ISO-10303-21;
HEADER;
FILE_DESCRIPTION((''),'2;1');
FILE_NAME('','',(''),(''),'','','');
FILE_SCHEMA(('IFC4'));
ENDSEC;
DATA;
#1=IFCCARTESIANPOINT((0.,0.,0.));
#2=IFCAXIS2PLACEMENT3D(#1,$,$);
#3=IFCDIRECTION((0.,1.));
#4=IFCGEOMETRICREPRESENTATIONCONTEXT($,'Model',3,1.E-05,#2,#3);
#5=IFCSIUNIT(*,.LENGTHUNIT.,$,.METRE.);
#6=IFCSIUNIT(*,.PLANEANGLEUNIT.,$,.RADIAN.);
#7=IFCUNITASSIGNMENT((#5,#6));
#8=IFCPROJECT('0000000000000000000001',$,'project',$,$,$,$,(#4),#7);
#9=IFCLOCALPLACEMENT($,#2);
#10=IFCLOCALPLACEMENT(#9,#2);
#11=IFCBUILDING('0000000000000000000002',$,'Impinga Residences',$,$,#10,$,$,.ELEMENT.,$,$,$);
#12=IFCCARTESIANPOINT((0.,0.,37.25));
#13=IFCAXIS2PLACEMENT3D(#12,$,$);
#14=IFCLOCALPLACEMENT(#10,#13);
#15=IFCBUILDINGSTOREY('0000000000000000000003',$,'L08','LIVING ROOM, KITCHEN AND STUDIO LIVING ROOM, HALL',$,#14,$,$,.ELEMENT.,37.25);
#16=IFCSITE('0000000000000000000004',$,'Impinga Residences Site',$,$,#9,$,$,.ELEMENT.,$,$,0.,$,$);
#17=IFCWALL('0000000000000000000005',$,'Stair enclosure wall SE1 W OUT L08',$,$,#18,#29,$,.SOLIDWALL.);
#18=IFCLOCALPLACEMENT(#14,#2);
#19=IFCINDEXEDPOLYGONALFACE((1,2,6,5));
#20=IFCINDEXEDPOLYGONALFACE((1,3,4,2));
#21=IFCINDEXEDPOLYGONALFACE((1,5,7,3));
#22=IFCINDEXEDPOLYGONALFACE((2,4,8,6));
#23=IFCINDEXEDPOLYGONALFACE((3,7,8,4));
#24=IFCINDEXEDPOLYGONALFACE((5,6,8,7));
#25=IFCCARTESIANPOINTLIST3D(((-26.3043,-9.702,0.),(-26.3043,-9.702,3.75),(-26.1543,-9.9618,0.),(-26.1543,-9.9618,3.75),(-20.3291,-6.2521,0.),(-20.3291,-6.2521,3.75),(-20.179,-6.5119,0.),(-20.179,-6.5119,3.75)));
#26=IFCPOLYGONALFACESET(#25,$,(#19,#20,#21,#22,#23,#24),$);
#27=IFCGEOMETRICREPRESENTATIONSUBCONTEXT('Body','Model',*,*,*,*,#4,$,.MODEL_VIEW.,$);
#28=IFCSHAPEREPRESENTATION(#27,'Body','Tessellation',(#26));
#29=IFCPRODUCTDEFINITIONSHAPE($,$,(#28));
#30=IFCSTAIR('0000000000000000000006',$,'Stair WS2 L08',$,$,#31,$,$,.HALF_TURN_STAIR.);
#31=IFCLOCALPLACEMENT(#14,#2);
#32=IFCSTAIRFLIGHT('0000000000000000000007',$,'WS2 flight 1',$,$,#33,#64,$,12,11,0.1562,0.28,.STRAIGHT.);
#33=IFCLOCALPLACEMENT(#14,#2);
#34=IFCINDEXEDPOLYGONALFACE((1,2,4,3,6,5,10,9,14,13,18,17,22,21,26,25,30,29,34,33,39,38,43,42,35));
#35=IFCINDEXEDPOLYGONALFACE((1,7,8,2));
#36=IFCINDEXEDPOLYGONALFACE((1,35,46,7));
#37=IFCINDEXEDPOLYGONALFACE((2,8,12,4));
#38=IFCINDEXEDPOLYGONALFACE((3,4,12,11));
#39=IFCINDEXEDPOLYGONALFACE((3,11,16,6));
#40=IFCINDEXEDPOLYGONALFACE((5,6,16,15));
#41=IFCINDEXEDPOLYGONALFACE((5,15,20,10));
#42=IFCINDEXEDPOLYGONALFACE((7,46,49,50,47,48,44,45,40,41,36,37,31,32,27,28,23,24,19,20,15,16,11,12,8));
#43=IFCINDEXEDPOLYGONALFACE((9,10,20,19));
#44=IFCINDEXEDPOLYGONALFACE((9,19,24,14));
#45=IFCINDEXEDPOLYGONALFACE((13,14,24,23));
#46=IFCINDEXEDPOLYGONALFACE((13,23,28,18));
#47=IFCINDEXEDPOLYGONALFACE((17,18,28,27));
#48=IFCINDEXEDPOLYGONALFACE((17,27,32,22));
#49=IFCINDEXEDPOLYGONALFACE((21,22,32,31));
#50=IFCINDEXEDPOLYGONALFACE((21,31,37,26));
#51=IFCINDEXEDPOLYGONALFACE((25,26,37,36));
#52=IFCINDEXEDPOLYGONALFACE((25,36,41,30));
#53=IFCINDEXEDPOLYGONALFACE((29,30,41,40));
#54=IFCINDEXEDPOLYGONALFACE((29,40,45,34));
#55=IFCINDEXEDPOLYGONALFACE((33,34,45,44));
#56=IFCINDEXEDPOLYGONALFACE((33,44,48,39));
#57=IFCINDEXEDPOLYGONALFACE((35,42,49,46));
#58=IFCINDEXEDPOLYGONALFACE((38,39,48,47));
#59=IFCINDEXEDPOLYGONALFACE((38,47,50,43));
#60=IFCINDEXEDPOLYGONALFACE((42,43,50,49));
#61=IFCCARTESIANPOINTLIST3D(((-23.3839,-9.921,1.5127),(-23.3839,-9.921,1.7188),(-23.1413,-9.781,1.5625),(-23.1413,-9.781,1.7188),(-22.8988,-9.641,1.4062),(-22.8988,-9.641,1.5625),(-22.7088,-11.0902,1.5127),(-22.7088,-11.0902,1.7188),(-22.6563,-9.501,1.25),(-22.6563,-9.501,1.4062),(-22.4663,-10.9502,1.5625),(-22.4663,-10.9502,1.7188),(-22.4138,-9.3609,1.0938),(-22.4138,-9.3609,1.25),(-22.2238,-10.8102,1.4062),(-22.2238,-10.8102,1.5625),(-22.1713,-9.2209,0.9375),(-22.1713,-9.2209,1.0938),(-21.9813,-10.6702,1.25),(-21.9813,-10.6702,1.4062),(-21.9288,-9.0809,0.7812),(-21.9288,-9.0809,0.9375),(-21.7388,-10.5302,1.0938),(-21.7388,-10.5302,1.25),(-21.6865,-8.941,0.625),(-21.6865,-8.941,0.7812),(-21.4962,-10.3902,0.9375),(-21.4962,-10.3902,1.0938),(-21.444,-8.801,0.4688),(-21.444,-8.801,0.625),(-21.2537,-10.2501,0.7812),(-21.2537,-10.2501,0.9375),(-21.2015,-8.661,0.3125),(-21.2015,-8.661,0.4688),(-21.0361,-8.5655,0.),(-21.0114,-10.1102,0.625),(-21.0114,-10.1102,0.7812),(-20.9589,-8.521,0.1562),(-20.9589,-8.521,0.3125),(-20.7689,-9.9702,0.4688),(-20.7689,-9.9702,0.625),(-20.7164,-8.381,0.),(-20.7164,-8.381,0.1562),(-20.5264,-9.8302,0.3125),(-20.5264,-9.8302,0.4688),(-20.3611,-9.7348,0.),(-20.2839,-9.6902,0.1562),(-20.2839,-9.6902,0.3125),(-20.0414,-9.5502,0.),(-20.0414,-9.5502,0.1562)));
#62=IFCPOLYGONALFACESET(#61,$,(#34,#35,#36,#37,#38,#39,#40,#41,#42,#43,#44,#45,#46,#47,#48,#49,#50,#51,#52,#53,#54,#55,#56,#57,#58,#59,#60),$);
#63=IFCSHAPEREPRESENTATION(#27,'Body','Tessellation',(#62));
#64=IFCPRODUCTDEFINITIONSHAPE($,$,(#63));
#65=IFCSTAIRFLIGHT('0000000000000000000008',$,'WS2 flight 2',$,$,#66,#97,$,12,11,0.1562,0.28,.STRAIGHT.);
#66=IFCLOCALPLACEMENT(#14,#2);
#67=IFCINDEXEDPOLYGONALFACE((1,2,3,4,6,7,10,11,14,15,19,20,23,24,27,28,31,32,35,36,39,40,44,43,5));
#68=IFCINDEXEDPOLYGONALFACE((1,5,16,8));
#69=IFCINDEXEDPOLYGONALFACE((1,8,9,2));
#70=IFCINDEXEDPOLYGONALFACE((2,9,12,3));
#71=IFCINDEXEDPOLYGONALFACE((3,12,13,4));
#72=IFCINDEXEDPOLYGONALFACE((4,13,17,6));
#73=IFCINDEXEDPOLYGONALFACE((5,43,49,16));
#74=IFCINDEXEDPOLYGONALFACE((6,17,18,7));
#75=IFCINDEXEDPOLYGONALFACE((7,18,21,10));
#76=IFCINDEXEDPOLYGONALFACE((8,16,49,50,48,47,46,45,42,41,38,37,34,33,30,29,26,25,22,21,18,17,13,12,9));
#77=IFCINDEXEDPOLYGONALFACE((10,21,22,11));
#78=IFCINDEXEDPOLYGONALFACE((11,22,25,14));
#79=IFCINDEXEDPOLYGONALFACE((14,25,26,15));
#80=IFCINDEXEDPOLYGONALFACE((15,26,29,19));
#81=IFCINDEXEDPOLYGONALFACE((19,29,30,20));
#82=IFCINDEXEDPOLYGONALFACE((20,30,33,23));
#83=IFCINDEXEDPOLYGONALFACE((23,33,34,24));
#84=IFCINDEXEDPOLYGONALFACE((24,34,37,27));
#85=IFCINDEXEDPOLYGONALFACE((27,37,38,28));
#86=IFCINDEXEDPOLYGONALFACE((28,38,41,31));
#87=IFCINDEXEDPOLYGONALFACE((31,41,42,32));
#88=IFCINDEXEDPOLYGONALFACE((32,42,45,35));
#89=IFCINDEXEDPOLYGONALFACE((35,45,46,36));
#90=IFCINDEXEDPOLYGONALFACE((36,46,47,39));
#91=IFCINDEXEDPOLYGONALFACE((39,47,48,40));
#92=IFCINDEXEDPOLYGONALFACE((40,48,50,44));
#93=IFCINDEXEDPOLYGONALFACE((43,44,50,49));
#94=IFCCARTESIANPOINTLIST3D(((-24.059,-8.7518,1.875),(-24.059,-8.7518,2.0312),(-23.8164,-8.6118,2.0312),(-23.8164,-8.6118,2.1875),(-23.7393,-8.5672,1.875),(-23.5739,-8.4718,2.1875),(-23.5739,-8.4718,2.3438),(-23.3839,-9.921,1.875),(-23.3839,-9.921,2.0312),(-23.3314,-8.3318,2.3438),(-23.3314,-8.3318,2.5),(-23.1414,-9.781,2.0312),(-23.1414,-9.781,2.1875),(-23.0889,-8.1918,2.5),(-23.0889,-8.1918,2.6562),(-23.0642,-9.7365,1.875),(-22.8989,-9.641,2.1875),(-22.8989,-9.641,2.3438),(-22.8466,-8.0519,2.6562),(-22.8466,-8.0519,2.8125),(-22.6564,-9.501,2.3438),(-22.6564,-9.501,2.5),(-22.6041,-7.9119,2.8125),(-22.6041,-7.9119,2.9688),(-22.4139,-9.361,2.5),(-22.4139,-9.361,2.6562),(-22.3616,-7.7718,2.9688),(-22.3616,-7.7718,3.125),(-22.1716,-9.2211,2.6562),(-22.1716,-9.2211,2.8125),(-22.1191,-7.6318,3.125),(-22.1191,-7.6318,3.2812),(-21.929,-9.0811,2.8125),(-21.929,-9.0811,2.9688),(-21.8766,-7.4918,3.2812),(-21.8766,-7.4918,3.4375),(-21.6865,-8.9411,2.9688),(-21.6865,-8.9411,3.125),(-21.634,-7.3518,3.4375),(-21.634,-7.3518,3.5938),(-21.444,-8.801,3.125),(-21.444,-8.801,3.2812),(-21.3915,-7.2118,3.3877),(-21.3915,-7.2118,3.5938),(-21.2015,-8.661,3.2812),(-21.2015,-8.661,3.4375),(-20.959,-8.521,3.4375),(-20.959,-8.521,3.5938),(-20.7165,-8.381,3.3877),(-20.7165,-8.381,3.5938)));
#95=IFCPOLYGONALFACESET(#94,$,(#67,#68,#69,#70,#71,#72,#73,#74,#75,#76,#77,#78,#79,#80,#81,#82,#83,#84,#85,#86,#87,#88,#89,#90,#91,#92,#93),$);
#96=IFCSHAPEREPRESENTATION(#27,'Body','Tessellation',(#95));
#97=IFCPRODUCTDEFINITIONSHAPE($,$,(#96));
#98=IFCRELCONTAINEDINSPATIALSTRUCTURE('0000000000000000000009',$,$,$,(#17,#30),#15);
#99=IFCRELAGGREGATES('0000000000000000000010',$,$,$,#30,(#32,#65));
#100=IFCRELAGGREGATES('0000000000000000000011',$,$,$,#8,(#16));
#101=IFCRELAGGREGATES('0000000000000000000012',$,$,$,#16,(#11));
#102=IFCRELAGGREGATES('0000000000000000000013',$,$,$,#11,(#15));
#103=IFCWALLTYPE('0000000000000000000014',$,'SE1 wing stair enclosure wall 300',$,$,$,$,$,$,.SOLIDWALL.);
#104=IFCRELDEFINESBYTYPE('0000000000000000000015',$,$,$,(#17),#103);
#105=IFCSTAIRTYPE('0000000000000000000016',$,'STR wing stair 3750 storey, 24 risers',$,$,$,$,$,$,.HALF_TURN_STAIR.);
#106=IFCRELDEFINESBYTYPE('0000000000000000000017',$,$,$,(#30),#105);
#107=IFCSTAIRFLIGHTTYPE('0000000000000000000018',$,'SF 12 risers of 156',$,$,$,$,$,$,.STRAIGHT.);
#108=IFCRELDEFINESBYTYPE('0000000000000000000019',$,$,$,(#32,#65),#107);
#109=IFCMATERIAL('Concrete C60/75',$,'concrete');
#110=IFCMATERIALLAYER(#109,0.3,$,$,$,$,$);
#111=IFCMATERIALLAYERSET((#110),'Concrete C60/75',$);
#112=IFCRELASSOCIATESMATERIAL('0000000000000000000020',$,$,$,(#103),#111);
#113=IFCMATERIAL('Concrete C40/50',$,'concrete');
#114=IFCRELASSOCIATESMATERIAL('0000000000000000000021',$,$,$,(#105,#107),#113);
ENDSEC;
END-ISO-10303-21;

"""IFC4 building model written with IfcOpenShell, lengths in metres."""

from ifc_helpers import new_model, si_unit, direction, frame, frame_2d, origin, place, context, subcontext, project, spatial, polyline, rectangle, outline, extrude, material, layer, layer_set, type_object, element, aggregate, save


model = new_model("IFC4")

# Units and contexts
model_context = context("Model", 3, precision=1e-05, world=origin(), true_north=direction((0.0, 1.0)))
body_context = subcontext(model_context, "Body", "Model", "MODEL_VIEW")
ifc_project = project(units=[si_unit("LENGTHUNIT", "METRE"), si_unit("PLANEANGLEUNIT", "RADIAN")], contexts=[model_context])

# Site, building, storey
site_placement = place(None, origin())
site = spatial("IfcSite", under=ifc_project, at=site_placement, Name="Impinga Residences Site", CompositionType="ELEMENT", RefElevation=0.0)
building_placement = place(site_placement, origin())
building = spatial("IfcBuilding", under=site, at=building_placement, Name="Impinga Residences", CompositionType="ELEMENT")
storey_placement = place(building_placement, frame((0.0, 0.0, 37.25)))
storey = spatial("IfcBuildingStorey", under=building, at=storey_placement, Name="L08", Description="LIVING ROOM, KITCHEN AND STUDIO LIVING ROOM, HALL", CompositionType="ELEMENT", Elevation=37.25)

# Shared definitions
ifc_material_1 = material(Name="Concrete C60/75", Category="concrete")

# Wall
ifc_layer_1 = layer(ifc_material_1, 0.3)
ifc_layer_set_1 = layer_set([ifc_layer_1], Name="Concrete C60/75")
wall_type_1 = type_object("IfcWallType", Name="SE1 wing stair enclosure wall 300", PredefinedType="SOLIDWALL", material=ifc_layer_set_1)
wall_1_placement = place(storey_placement, frame((-20.2542, -6.3821, 0.0), z_axis=(0.0, 0.0, 1.0), x_axis=(-0.86602, -0.500009, 0.0)))
element("IfcWall", 1, at=wall_1_placement, inside=storey, type_object=wall_type_1, Name="Stair enclosure wall SE1 W OUT L08", PredefinedType="SOLIDWALL", context=body_context, shape_type="SweptSolid", body=[
    extrude(rectangle(XDim=6.8997, YDim=0.3, at=frame_2d((3.4497, 0.0))), origin(), (0.0, 0.0, 1.0), 3.75),
])

# Stair, stair flights
ifc_material_2 = material(Name="Concrete C40/50", Category="concrete")
stair_type = type_object("IfcStairType", Name="STR wing stair 3750 storey, 24 risers", PredefinedType="HALF_TURN_STAIR", material=ifc_material_2)
stair_placement = place(storey_placement, origin())
stair = element("IfcStair", 2, at=stair_placement, inside=storey, type_object=stair_type, Name="Stair WS2 L08", PredefinedType="HALF_TURN_STAIR")
stair_flight_type = type_object("IfcStairFlightType", Name="SF 12 risers of 156", PredefinedType="STRAIGHT", material=ifc_material_2)
stair_flight_1_placement = place(storey_placement, frame((-20.3789, -8.9656, 0.0), z_axis=(0.0, 0.0, 1.0), x_axis=(-0.866025, -0.5, 0.0)))
stair_flight_1 = element("IfcStairFlight", 3, at=stair_flight_1_placement, type_object=stair_flight_type, Name="WS2 flight 1", NumberOfRisers=12, NumberOfTreads=11, PredefinedType="STRAIGHT", RiserHeight=0.1562, TreadLength=0.28, context=body_context, shape_type="SweptSolid", body=[
    extrude(outline(polyline([(0.0, 0.0), (0.0, 0.1562), (0.28, 0.1562), (0.28, 0.3125), (0.5601, 0.3125), (0.5601, 0.4688), (0.8401, 0.4688), (0.8401, 0.625), (1.1201, 0.625), (1.1201, 0.7812), (1.3999, 0.7812), (1.3999, 0.9375), (1.6799, 0.9375), (1.6799, 1.0938), (1.96, 1.0938), (1.96, 1.25), (2.24, 1.25), (2.24, 1.4062), (2.52, 1.4062), (2.52, 1.5625), (2.8, 1.5625), (2.8, 1.7188), (3.0801, 1.7188), (3.0801, 1.875), (3.0801, 1.5127), (0.3691, 0.0), (0.0, 0.0)])), frame((0.0, 0.675, 0.0), z_axis=(0.0, -1.0, 0.0), x_axis=(1.0, 0.0, 0.0)), (0.0, 0.0, 1.0), 1.3501),
])
stair_flight_2_placement = place(storey_placement, frame((-23.7214, -9.3364, 1.875), z_axis=(0.0, 0.0, 1.0), x_axis=(0.866025, 0.5, 0.0)))
stair_flight_2 = element("IfcStairFlight", 4, at=stair_flight_2_placement, type_object=stair_flight_type, Name="WS2 flight 2", NumberOfRisers=12, NumberOfTreads=11, PredefinedType="STRAIGHT", RiserHeight=0.1562, TreadLength=0.28, context=body_context, shape_type="SweptSolid", body=[
    extrude(outline(polyline([(0.0, 0.0), (0.0, 0.1562), (0.28, 0.1562), (0.28, 0.3125), (0.5601, 0.3125), (0.5601, 0.4688), (0.8401, 0.4688), (0.8401, 0.625), (1.1201, 0.625), (1.1201, 0.7812), (1.3999, 0.7812), (1.3999, 0.9375), (1.6799, 0.9375), (1.6799, 1.0938), (1.96, 1.0938), (1.96, 1.25), (2.24, 1.25), (2.24, 1.4062), (2.52, 1.4062), (2.52, 1.5625), (2.8, 1.5625), (2.8, 1.7188), (3.0801, 1.7188), (3.0801, 1.875), (3.0801, 1.5127), (0.3691, 0.0), (0.0, 0.0)])), frame((0.0, 0.675, 0.0), z_axis=(0.0, -1.0, 0.0), x_axis=(1.0, 0.0, 0.0)), (0.0, 0.0, 1.0), 1.3501),
])
aggregate(stair, [stair_flight_1, stair_flight_2])

save(model, "model.ifc")
